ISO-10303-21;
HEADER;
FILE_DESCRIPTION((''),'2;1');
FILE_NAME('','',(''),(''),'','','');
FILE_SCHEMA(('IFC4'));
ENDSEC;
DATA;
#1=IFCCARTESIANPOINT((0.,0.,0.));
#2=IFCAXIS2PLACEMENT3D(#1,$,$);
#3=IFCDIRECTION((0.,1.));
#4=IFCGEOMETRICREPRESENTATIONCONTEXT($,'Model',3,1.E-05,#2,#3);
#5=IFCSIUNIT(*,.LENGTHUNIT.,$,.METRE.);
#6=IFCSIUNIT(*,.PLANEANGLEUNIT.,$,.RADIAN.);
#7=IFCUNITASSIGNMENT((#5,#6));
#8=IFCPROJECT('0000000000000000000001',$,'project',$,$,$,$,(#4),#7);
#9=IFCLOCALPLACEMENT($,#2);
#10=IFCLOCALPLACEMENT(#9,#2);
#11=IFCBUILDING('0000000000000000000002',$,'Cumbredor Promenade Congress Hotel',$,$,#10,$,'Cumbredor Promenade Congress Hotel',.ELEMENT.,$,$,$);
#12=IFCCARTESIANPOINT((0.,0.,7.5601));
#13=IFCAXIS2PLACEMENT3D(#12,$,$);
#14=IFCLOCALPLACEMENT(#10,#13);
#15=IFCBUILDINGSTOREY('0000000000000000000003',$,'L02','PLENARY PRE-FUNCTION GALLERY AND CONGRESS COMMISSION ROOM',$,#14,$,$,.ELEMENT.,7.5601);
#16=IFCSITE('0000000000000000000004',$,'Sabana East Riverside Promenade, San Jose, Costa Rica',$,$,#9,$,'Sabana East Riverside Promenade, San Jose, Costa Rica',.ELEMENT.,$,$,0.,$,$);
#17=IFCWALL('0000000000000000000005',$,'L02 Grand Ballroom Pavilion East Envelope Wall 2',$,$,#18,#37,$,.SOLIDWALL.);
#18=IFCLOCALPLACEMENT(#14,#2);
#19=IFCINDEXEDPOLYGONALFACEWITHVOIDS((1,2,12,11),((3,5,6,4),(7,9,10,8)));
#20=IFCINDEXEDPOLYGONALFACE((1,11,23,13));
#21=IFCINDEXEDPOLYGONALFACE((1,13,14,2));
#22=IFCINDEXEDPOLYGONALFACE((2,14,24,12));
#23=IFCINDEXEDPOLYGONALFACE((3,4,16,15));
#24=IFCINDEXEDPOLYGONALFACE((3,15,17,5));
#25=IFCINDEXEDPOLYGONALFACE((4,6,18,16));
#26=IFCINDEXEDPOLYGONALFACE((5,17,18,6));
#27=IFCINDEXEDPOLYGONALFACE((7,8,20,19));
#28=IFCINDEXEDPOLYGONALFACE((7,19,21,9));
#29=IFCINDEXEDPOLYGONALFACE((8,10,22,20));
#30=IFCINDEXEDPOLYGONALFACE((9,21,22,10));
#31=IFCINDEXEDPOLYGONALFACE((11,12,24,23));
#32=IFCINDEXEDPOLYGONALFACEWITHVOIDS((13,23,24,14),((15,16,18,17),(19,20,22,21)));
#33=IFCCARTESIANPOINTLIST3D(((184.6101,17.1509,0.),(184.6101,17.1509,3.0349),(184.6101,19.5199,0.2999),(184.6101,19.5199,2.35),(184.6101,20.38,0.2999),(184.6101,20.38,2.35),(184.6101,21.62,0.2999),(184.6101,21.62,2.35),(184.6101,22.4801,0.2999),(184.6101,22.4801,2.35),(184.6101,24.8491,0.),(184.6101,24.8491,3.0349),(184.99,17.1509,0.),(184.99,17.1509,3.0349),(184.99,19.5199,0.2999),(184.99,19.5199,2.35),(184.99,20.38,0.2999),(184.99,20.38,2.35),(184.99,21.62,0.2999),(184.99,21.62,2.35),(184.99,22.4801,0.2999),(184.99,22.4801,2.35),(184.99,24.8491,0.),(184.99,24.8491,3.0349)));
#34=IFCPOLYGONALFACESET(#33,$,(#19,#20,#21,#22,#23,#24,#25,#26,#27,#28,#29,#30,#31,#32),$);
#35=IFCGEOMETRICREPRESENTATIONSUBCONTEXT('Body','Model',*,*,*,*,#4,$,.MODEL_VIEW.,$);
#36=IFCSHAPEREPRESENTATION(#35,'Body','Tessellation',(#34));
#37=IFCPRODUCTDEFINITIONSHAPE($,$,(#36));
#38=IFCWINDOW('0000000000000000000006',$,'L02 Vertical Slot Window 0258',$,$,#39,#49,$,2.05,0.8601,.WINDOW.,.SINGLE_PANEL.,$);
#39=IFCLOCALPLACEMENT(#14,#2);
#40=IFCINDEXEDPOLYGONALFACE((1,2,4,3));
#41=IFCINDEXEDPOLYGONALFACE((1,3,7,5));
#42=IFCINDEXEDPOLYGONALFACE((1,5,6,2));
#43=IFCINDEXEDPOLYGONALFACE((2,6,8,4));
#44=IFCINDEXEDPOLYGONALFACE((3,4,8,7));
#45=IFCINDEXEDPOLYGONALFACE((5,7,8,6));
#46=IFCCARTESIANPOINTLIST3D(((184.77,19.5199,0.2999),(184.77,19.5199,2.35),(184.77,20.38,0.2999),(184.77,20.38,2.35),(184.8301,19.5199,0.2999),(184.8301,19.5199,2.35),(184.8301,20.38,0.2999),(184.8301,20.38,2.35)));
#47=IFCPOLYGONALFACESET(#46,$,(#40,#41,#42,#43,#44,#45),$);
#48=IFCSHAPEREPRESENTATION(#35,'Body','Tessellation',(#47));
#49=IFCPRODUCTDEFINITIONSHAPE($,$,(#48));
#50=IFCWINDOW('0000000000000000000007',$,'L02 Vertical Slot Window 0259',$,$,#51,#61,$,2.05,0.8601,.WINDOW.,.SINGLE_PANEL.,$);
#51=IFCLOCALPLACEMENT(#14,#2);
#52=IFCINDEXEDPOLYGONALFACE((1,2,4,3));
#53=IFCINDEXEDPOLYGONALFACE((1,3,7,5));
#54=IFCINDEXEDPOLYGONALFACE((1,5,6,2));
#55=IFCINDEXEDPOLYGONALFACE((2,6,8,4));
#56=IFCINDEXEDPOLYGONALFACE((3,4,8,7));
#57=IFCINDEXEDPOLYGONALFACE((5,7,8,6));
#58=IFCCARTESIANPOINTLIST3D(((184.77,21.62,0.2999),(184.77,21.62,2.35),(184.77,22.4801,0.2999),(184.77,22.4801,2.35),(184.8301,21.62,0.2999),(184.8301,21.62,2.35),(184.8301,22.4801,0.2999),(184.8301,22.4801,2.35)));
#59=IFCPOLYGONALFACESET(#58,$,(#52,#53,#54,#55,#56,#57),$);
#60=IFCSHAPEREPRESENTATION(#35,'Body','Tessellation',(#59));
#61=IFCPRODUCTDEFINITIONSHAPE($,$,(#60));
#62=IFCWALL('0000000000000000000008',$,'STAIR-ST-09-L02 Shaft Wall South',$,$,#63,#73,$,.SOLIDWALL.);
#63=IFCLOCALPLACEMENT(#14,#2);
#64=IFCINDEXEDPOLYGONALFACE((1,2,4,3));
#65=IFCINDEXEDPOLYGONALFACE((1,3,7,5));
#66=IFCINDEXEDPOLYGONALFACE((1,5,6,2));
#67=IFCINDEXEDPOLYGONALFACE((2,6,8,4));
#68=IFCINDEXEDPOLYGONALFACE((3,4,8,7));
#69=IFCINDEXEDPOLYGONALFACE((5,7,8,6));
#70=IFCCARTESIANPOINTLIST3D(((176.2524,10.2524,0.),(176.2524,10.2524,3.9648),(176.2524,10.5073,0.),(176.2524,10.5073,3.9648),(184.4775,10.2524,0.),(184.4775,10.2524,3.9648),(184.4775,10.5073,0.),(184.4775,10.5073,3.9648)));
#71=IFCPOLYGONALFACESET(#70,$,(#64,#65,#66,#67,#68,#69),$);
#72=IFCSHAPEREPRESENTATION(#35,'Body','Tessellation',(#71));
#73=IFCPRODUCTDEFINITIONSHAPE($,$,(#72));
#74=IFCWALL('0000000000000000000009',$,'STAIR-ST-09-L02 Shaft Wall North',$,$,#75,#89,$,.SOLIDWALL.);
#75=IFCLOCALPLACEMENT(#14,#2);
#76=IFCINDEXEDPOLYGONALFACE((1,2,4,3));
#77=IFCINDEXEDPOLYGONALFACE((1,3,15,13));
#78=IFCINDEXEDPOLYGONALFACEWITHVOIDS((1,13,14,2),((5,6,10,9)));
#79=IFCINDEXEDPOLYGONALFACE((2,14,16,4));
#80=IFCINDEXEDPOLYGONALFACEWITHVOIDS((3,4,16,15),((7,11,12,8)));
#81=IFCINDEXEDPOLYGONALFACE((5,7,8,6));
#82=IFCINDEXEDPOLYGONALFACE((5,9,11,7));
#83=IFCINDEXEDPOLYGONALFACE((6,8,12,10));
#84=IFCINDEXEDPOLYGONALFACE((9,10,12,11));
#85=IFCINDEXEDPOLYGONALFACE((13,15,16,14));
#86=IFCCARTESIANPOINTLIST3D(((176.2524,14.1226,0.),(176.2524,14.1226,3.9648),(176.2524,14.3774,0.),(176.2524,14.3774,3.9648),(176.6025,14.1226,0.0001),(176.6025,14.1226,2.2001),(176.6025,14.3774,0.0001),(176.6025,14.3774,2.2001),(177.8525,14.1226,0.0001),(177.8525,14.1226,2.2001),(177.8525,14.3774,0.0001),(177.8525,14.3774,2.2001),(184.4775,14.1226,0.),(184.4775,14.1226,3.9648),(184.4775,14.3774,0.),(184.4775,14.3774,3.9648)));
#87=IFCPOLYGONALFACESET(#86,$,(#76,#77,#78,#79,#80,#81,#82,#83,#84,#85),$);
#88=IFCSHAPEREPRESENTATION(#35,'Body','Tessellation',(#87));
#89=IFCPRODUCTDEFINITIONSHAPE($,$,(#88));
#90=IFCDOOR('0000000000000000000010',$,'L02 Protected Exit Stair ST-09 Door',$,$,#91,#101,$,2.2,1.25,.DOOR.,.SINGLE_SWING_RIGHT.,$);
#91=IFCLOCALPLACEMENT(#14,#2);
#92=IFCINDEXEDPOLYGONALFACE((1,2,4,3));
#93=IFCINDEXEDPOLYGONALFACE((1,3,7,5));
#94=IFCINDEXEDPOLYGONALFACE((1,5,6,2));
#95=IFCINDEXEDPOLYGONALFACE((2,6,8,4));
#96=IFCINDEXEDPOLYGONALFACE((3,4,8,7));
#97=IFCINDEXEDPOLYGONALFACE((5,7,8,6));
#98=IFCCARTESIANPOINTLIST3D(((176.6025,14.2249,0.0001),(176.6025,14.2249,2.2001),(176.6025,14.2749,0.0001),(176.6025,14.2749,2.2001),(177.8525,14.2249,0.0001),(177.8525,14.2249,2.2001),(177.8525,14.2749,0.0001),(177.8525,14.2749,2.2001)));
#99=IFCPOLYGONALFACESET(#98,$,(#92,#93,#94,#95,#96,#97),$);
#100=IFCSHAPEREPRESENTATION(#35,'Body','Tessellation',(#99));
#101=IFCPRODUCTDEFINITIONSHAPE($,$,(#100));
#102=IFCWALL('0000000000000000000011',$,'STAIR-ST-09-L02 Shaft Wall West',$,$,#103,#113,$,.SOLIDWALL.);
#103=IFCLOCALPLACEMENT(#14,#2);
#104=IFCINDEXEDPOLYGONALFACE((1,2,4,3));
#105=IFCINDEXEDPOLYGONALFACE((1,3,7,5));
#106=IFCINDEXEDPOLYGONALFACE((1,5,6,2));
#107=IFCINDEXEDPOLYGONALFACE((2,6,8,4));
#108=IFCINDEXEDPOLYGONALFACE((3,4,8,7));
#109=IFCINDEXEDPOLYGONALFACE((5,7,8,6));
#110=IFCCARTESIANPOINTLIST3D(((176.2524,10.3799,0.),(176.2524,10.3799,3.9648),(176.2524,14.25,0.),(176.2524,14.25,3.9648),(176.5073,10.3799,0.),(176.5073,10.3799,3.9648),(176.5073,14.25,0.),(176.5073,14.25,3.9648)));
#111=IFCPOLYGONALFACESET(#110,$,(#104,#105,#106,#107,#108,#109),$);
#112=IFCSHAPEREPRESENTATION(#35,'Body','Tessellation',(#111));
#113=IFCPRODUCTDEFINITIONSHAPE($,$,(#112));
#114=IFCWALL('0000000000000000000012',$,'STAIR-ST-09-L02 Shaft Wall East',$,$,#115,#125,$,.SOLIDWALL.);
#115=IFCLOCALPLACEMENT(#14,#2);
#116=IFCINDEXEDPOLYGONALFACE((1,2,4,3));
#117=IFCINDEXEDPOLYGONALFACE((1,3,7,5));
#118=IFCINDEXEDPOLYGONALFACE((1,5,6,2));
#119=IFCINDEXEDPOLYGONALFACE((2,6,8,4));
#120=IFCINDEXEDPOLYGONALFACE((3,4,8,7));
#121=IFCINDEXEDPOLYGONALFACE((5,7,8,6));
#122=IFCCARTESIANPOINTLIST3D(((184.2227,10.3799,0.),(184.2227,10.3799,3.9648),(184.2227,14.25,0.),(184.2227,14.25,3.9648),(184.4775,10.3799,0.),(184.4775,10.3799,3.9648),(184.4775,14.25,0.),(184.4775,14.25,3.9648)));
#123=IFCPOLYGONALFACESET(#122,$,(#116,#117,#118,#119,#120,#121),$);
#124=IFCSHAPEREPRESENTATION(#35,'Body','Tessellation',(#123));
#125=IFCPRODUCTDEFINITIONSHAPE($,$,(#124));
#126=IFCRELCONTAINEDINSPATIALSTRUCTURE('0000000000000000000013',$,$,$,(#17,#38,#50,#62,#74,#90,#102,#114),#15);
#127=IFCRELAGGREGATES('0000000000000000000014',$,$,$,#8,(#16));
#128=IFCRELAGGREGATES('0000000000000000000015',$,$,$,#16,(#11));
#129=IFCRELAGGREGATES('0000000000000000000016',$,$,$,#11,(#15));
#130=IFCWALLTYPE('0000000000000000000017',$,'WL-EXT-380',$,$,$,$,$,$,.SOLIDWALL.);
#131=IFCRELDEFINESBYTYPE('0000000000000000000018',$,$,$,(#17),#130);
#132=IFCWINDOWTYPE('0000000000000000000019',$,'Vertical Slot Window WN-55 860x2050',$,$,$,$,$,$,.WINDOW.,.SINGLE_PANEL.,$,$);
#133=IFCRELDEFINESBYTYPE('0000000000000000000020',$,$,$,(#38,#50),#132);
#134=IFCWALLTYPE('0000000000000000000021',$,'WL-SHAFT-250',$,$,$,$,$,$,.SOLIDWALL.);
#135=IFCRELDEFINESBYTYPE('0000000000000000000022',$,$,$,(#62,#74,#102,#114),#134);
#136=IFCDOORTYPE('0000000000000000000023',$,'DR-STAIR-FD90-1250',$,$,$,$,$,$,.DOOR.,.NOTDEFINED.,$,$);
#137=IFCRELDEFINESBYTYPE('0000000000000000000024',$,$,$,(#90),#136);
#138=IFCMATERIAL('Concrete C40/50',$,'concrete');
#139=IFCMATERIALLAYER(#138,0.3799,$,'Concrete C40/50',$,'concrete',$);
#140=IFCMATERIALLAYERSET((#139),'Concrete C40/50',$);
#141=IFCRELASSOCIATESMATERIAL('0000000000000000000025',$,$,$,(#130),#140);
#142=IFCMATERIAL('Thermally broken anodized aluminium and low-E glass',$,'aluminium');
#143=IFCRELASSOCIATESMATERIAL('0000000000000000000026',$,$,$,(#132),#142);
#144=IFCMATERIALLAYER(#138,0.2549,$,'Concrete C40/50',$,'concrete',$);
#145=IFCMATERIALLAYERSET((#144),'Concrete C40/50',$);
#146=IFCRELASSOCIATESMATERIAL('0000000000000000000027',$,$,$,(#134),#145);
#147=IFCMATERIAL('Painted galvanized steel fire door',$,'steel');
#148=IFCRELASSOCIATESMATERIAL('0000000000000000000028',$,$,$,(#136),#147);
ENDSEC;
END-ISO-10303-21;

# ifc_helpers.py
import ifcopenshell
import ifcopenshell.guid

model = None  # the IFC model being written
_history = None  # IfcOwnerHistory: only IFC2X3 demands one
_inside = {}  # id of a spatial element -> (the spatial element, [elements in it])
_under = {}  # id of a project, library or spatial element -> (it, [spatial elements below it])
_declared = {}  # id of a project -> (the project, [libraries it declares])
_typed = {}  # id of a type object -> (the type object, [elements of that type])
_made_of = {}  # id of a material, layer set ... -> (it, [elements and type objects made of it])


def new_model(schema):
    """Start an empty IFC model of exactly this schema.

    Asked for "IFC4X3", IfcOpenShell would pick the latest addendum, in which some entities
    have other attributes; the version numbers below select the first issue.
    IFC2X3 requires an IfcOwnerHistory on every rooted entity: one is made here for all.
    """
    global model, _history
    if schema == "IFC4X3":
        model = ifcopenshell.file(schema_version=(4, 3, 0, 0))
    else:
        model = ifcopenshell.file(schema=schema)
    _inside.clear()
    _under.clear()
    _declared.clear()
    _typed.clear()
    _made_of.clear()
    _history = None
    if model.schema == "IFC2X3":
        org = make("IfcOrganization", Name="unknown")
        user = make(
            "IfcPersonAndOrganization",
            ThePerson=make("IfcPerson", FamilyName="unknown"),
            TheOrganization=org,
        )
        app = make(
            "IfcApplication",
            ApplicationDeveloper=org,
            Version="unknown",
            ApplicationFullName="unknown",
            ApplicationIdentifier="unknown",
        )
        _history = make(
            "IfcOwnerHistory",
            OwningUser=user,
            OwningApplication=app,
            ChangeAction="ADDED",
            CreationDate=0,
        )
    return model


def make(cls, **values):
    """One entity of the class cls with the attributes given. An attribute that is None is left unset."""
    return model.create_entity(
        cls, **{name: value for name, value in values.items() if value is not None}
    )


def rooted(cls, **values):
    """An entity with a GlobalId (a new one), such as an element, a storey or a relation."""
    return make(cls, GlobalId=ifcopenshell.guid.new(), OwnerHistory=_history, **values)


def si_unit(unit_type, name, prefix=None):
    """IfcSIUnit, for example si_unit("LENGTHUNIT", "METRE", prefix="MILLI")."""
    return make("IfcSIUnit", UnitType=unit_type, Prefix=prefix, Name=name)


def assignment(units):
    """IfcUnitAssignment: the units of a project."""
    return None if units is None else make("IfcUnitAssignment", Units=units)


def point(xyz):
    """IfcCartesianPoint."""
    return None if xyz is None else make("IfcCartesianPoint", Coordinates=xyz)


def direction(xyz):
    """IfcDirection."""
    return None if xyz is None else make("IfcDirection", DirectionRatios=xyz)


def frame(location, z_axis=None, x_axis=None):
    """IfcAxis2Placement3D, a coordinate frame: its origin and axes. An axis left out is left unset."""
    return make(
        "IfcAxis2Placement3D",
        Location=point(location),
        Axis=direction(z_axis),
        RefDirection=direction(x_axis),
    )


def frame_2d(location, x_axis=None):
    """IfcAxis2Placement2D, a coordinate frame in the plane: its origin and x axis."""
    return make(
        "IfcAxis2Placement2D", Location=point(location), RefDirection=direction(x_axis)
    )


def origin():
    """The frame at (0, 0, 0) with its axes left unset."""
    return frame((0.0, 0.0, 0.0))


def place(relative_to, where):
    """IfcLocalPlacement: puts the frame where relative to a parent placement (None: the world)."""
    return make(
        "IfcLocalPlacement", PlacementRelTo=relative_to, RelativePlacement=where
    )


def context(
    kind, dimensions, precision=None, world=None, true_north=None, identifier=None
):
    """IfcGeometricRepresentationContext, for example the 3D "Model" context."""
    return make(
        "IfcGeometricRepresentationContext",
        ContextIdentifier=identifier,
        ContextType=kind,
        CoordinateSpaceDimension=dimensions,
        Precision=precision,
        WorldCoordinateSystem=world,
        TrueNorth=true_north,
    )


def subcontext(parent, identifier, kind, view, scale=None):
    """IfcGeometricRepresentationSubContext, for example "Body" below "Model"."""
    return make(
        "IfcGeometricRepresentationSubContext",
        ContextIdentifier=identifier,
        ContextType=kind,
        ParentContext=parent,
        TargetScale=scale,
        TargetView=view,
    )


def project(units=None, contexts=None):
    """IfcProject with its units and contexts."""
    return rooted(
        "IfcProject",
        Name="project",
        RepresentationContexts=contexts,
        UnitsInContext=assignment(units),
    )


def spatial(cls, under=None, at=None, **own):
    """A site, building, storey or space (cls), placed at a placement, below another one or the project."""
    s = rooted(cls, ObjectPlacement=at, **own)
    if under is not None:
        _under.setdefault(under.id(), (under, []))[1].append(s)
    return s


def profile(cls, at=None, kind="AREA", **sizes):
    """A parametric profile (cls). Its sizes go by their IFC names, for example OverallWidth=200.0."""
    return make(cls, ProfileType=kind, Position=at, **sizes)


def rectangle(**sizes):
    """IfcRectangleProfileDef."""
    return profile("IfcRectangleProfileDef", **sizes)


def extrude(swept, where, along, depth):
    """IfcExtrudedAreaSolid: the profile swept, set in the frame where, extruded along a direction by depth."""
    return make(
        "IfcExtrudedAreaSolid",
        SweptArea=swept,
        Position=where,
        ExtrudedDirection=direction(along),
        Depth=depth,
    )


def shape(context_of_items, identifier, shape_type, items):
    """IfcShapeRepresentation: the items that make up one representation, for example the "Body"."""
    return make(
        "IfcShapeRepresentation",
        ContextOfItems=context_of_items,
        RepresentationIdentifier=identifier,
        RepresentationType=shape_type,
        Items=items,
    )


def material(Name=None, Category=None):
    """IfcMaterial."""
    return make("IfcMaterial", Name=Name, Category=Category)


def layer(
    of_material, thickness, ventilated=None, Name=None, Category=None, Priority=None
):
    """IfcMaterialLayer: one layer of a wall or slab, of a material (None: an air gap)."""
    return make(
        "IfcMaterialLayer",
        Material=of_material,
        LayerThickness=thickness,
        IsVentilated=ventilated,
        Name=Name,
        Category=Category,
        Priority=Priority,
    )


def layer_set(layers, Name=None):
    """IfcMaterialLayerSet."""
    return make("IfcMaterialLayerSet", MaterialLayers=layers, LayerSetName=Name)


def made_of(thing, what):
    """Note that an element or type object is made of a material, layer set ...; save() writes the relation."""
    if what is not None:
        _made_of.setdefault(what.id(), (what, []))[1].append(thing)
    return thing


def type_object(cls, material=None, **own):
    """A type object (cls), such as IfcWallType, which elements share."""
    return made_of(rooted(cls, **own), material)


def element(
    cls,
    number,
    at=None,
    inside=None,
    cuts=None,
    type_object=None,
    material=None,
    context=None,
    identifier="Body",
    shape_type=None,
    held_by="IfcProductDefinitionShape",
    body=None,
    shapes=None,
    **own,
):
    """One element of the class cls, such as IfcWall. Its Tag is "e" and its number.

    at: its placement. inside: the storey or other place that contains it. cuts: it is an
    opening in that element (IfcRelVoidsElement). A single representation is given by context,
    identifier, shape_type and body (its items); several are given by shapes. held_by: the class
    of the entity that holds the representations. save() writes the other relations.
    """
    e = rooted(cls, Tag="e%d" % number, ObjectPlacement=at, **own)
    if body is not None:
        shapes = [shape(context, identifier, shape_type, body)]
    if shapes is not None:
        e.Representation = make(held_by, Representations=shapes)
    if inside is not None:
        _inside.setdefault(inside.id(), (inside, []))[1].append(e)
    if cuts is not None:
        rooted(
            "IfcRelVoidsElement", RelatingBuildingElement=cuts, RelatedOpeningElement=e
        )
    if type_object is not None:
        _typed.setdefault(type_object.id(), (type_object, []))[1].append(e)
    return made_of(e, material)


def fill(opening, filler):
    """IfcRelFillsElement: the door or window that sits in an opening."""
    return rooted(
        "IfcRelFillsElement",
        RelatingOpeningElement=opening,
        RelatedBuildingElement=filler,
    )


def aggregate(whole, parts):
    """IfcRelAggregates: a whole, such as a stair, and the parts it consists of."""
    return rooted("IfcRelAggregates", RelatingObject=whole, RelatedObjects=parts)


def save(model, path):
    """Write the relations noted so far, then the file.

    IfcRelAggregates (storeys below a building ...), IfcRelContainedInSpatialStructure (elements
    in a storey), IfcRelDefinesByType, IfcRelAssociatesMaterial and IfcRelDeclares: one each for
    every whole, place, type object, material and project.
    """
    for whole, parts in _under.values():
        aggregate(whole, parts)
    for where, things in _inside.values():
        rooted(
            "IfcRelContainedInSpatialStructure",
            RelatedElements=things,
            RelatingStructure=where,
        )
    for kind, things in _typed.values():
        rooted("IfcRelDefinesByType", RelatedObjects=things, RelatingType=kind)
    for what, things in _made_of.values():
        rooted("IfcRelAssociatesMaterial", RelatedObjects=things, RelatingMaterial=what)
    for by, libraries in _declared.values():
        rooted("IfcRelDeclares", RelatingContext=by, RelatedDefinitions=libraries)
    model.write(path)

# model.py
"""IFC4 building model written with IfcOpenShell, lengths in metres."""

from ifc_helpers import new_model, si_unit, direction, frame, frame_2d, origin, place, context, subcontext, project, spatial, rectangle, extrude, material, layer, layer_set, type_object, element, fill, save


model = new_model("IFC4")

# Units and contexts
model_context = context("Model", 3, precision=1e-05, world=origin(), true_north=direction((0.0, 1.0)))
body_context = subcontext(model_context, "Body", "Model", "MODEL_VIEW")
ifc_project = project(units=[si_unit("LENGTHUNIT", "METRE"), si_unit("PLANEANGLEUNIT", "RADIAN")], contexts=[model_context])

# Site, building, storey
site_placement = place(None, origin())
site = spatial("IfcSite", under=ifc_project, at=site_placement, Name="Sabana East Riverside Promenade, San Jose, Costa Rica", LongName="Sabana East Riverside Promenade, San Jose, Costa Rica", CompositionType="ELEMENT", RefElevation=0.0)
building_placement = place(site_placement, origin())
building = spatial("IfcBuilding", under=site, at=building_placement, Name="Cumbredor Promenade Congress Hotel", LongName="Cumbredor Promenade Congress Hotel", CompositionType="ELEMENT")
storey_placement = place(building_placement, frame((0.0, 0.0, 7.5601)))
storey = spatial("IfcBuildingStorey", under=building, at=storey_placement, Name="L02", Description="PLENARY PRE-FUNCTION GALLERY AND CONGRESS COMMISSION ROOM", CompositionType="ELEMENT", Elevation=7.5601)

# Shared definitions
ifc_material_1 = material(Name="Concrete C40/50", Category="concrete")

# Shared definitions
ifc_material_2 = material(Name="Thermally broken anodized aluminium and low-E glass", Category="aluminium")

# Wall, openings, windows
ifc_layer_1 = layer(ifc_material_1, 0.3799, Name="Concrete C40/50", Category="concrete")
ifc_layer_set_1 = layer_set([ifc_layer_1], Name="Concrete C40/50")
wall_type_1 = type_object("IfcWallType", Name="WL-EXT-380", PredefinedType="SOLIDWALL", material=ifc_layer_set_1)
wall_1_placement = place(storey_placement, frame((184.8, 17.1509, 0.0), z_axis=(0.0, 0.0, 1.0), x_axis=(0.0, 1.0, 0.0)))
wall_1 = element("IfcWall", 1, at=wall_1_placement, inside=storey, type_object=wall_type_1, Name="L02 Grand Ballroom Pavilion East Envelope Wall 2", PredefinedType="SOLIDWALL", context=body_context, shape_type="SweptSolid", body=[
    extrude(rectangle(XDim=7.6982, YDim=0.3799, at=frame_2d((3.8491, 0.0))), origin(), (0.0, 0.0, 1.0), 3.0349),
])
opening_1_placement = place(wall_1_placement, frame((2.3689, 0.0, 0.3)))
opening_1 = element("IfcOpeningElement", 2, at=opening_1_placement, cuts=wall_1, PredefinedType="OPENING", context=body_context, shape_type="SweptSolid", body=[
    extrude(rectangle(XDim=0.8601, YDim=2.05, at=frame_2d((0.4302, 1.0249))), frame((0.0, 0.2, 0.0), z_axis=(0.0, -1.0, 0.0), x_axis=(1.0, 0.0, 0.0)), (0.0, 0.0, 1.0), 0.3999),
])
opening_2_placement = place(wall_1_placement, frame((4.469, 0.0, 0.3)))
opening_2 = element("IfcOpeningElement", 3, at=opening_2_placement, cuts=wall_1, PredefinedType="OPENING", context=body_context, shape_type="SweptSolid", body=[
    extrude(rectangle(XDim=0.8601, YDim=2.05, at=frame_2d((0.4302, 1.0249))), frame((0.0, 0.2, 0.0), z_axis=(0.0, -1.0, 0.0), x_axis=(1.0, 0.0, 0.0)), (0.0, 0.0, 1.0), 0.3999),
])
window_type = type_object("IfcWindowType", Name="Vertical Slot Window WN-55 860x2050", PartitioningType="SINGLE_PANEL", PredefinedType="WINDOW", material=ifc_material_2)
window_1_placement = place(opening_1_placement, origin())
window_1 = element("IfcWindow", 4, at=window_1_placement, inside=storey, type_object=window_type, Name="L02 Vertical Slot Window 0258", OverallHeight=2.05, OverallWidth=0.8601, PartitioningType="SINGLE_PANEL", PredefinedType="WINDOW", context=body_context, shape_type="SweptSolid", body=[
    extrude(rectangle(XDim=0.8601, YDim=2.05, at=frame_2d((0.4302, 1.0249))), frame((0.0, 0.03, 0.0), z_axis=(0.0, -1.0, 0.0), x_axis=(1.0, 0.0, 0.0)), (0.0, 0.0, 1.0), 0.0601),
])
fill(opening_1, window_1)
window_2_placement = place(opening_2_placement, origin())
window_2 = element("IfcWindow", 5, at=window_2_placement, inside=storey, type_object=window_type, Name="L02 Vertical Slot Window 0259", OverallHeight=2.05, OverallWidth=0.8601, PartitioningType="SINGLE_PANEL", PredefinedType="WINDOW", context=body_context, shape_type="SweptSolid", body=[
    extrude(rectangle(XDim=0.8601, YDim=2.05, at=frame_2d((0.4302, 1.0249))), frame((0.0, 0.03, 0.0), z_axis=(0.0, -1.0, 0.0), x_axis=(1.0, 0.0, 0.0)), (0.0, 0.0, 1.0), 0.0601),
])
fill(opening_2, window_2)

# Wall
ifc_layer_2 = layer(ifc_material_1, 0.2549, Name="Concrete C40/50", Category="concrete")
ifc_layer_set_2 = layer_set([ifc_layer_2], Name="Concrete C40/50")
wall_type_2 = type_object("IfcWallType", Name="WL-SHAFT-250", PredefinedType="SOLIDWALL", material=ifc_layer_set_2)
wall_2_placement = place(storey_placement, frame((176.2524, 10.3799, 0.0), z_axis=(0.0, 0.0, 1.0), x_axis=(1.0, 0.0, 0.0)))
element("IfcWall", 6, at=wall_2_placement, inside=storey, type_object=wall_type_2, Name="STAIR-ST-09-L02 Shaft Wall South", PredefinedType="SOLIDWALL", context=body_context, shape_type="SweptSolid", body=[
    extrude(rectangle(XDim=8.2251, YDim=0.2549, at=frame_2d((4.1125, 0.0))), origin(), (0.0, 0.0, 1.0), 3.9648),
])

# Wall, opening, door
wall_3_placement = place(storey_placement, frame((176.2524, 14.25, 0.0), z_axis=(0.0, 0.0, 1.0), x_axis=(1.0, 0.0, 0.0)))
wall_3 = element("IfcWall", 7, at=wall_3_placement, inside=storey, type_object=wall_type_2, Name="STAIR-ST-09-L02 Shaft Wall North", PredefinedType="SOLIDWALL", context=body_context, shape_type="SweptSolid", body=[
    extrude(rectangle(XDim=8.2251, YDim=0.2549, at=frame_2d((4.1125, 0.0))), origin(), (0.0, 0.0, 1.0), 3.9648),
])
opening_3_placement = place(wall_3_placement, frame((0.3501, 0.0, 0.0)))
opening_3 = element("IfcOpeningElement", 8, at=opening_3_placement, cuts=wall_3, PredefinedType="OPENING", context=body_context, shape_type="SweptSolid", body=[
    extrude(rectangle(XDim=1.25, YDim=2.2, at=frame_2d((0.625, 1.1001))), frame((0.0, 0.1375, 0.0), z_axis=(0.0, -1.0, 0.0), x_axis=(1.0, 0.0, 0.0)), (0.0, 0.0, 1.0), 0.2749),
])
ifc_material_3 = material(Name="Painted galvanized steel fire door", Category="steel")
door_type = type_object("IfcDoorType", Name="DR-STAIR-FD90-1250", OperationType="NOTDEFINED", PredefinedType="DOOR", material=ifc_material_3)
door_placement = place(opening_3_placement, origin())
door = element("IfcDoor", 9, at=door_placement, inside=storey, type_object=door_type, Name="L02 Protected Exit Stair ST-09 Door", OperationType="SINGLE_SWING_RIGHT", OverallHeight=2.2, OverallWidth=1.25, PredefinedType="DOOR", context=body_context, shape_type="SweptSolid", body=[
    extrude(rectangle(XDim=1.25, YDim=2.2, at=frame_2d((0.625, 1.1001))), frame((0.0, 0.0249, 0.0), z_axis=(0.0, -1.0, 0.0), x_axis=(1.0, 0.0, 0.0)), (0.0, 0.0, 1.0), 0.05),
])
fill(opening_3, door)

# Walls
for number, where, z_axis, x_axis, name in (
    (10, (176.3799, 10.3799, 0.0), (0.0, 0.0, 1.0), (0.0, 1.0, 0.0), "STAIR-ST-09-L02 Shaft Wall West"),
    (11, (184.3501, 10.3799, 0.0), (0.0, 0.0, 1.0), (0.0, 1.0, 0.0), "STAIR-ST-09-L02 Shaft Wall East"),
):
    element("IfcWall", number, at=place(storey_placement, frame(where, z_axis=z_axis, x_axis=x_axis)), inside=storey, type_object=wall_type_2, Name=name, PredefinedType="SOLIDWALL", context=body_context, shape_type="SweptSolid", body=[
        extrude(rectangle(XDim=3.8701, YDim=0.2549, at=frame_2d((1.9351, 0.0))), origin(), (0.0, 0.0, 1.0), 3.9648),
    ])

save(model, "model.ifc")
